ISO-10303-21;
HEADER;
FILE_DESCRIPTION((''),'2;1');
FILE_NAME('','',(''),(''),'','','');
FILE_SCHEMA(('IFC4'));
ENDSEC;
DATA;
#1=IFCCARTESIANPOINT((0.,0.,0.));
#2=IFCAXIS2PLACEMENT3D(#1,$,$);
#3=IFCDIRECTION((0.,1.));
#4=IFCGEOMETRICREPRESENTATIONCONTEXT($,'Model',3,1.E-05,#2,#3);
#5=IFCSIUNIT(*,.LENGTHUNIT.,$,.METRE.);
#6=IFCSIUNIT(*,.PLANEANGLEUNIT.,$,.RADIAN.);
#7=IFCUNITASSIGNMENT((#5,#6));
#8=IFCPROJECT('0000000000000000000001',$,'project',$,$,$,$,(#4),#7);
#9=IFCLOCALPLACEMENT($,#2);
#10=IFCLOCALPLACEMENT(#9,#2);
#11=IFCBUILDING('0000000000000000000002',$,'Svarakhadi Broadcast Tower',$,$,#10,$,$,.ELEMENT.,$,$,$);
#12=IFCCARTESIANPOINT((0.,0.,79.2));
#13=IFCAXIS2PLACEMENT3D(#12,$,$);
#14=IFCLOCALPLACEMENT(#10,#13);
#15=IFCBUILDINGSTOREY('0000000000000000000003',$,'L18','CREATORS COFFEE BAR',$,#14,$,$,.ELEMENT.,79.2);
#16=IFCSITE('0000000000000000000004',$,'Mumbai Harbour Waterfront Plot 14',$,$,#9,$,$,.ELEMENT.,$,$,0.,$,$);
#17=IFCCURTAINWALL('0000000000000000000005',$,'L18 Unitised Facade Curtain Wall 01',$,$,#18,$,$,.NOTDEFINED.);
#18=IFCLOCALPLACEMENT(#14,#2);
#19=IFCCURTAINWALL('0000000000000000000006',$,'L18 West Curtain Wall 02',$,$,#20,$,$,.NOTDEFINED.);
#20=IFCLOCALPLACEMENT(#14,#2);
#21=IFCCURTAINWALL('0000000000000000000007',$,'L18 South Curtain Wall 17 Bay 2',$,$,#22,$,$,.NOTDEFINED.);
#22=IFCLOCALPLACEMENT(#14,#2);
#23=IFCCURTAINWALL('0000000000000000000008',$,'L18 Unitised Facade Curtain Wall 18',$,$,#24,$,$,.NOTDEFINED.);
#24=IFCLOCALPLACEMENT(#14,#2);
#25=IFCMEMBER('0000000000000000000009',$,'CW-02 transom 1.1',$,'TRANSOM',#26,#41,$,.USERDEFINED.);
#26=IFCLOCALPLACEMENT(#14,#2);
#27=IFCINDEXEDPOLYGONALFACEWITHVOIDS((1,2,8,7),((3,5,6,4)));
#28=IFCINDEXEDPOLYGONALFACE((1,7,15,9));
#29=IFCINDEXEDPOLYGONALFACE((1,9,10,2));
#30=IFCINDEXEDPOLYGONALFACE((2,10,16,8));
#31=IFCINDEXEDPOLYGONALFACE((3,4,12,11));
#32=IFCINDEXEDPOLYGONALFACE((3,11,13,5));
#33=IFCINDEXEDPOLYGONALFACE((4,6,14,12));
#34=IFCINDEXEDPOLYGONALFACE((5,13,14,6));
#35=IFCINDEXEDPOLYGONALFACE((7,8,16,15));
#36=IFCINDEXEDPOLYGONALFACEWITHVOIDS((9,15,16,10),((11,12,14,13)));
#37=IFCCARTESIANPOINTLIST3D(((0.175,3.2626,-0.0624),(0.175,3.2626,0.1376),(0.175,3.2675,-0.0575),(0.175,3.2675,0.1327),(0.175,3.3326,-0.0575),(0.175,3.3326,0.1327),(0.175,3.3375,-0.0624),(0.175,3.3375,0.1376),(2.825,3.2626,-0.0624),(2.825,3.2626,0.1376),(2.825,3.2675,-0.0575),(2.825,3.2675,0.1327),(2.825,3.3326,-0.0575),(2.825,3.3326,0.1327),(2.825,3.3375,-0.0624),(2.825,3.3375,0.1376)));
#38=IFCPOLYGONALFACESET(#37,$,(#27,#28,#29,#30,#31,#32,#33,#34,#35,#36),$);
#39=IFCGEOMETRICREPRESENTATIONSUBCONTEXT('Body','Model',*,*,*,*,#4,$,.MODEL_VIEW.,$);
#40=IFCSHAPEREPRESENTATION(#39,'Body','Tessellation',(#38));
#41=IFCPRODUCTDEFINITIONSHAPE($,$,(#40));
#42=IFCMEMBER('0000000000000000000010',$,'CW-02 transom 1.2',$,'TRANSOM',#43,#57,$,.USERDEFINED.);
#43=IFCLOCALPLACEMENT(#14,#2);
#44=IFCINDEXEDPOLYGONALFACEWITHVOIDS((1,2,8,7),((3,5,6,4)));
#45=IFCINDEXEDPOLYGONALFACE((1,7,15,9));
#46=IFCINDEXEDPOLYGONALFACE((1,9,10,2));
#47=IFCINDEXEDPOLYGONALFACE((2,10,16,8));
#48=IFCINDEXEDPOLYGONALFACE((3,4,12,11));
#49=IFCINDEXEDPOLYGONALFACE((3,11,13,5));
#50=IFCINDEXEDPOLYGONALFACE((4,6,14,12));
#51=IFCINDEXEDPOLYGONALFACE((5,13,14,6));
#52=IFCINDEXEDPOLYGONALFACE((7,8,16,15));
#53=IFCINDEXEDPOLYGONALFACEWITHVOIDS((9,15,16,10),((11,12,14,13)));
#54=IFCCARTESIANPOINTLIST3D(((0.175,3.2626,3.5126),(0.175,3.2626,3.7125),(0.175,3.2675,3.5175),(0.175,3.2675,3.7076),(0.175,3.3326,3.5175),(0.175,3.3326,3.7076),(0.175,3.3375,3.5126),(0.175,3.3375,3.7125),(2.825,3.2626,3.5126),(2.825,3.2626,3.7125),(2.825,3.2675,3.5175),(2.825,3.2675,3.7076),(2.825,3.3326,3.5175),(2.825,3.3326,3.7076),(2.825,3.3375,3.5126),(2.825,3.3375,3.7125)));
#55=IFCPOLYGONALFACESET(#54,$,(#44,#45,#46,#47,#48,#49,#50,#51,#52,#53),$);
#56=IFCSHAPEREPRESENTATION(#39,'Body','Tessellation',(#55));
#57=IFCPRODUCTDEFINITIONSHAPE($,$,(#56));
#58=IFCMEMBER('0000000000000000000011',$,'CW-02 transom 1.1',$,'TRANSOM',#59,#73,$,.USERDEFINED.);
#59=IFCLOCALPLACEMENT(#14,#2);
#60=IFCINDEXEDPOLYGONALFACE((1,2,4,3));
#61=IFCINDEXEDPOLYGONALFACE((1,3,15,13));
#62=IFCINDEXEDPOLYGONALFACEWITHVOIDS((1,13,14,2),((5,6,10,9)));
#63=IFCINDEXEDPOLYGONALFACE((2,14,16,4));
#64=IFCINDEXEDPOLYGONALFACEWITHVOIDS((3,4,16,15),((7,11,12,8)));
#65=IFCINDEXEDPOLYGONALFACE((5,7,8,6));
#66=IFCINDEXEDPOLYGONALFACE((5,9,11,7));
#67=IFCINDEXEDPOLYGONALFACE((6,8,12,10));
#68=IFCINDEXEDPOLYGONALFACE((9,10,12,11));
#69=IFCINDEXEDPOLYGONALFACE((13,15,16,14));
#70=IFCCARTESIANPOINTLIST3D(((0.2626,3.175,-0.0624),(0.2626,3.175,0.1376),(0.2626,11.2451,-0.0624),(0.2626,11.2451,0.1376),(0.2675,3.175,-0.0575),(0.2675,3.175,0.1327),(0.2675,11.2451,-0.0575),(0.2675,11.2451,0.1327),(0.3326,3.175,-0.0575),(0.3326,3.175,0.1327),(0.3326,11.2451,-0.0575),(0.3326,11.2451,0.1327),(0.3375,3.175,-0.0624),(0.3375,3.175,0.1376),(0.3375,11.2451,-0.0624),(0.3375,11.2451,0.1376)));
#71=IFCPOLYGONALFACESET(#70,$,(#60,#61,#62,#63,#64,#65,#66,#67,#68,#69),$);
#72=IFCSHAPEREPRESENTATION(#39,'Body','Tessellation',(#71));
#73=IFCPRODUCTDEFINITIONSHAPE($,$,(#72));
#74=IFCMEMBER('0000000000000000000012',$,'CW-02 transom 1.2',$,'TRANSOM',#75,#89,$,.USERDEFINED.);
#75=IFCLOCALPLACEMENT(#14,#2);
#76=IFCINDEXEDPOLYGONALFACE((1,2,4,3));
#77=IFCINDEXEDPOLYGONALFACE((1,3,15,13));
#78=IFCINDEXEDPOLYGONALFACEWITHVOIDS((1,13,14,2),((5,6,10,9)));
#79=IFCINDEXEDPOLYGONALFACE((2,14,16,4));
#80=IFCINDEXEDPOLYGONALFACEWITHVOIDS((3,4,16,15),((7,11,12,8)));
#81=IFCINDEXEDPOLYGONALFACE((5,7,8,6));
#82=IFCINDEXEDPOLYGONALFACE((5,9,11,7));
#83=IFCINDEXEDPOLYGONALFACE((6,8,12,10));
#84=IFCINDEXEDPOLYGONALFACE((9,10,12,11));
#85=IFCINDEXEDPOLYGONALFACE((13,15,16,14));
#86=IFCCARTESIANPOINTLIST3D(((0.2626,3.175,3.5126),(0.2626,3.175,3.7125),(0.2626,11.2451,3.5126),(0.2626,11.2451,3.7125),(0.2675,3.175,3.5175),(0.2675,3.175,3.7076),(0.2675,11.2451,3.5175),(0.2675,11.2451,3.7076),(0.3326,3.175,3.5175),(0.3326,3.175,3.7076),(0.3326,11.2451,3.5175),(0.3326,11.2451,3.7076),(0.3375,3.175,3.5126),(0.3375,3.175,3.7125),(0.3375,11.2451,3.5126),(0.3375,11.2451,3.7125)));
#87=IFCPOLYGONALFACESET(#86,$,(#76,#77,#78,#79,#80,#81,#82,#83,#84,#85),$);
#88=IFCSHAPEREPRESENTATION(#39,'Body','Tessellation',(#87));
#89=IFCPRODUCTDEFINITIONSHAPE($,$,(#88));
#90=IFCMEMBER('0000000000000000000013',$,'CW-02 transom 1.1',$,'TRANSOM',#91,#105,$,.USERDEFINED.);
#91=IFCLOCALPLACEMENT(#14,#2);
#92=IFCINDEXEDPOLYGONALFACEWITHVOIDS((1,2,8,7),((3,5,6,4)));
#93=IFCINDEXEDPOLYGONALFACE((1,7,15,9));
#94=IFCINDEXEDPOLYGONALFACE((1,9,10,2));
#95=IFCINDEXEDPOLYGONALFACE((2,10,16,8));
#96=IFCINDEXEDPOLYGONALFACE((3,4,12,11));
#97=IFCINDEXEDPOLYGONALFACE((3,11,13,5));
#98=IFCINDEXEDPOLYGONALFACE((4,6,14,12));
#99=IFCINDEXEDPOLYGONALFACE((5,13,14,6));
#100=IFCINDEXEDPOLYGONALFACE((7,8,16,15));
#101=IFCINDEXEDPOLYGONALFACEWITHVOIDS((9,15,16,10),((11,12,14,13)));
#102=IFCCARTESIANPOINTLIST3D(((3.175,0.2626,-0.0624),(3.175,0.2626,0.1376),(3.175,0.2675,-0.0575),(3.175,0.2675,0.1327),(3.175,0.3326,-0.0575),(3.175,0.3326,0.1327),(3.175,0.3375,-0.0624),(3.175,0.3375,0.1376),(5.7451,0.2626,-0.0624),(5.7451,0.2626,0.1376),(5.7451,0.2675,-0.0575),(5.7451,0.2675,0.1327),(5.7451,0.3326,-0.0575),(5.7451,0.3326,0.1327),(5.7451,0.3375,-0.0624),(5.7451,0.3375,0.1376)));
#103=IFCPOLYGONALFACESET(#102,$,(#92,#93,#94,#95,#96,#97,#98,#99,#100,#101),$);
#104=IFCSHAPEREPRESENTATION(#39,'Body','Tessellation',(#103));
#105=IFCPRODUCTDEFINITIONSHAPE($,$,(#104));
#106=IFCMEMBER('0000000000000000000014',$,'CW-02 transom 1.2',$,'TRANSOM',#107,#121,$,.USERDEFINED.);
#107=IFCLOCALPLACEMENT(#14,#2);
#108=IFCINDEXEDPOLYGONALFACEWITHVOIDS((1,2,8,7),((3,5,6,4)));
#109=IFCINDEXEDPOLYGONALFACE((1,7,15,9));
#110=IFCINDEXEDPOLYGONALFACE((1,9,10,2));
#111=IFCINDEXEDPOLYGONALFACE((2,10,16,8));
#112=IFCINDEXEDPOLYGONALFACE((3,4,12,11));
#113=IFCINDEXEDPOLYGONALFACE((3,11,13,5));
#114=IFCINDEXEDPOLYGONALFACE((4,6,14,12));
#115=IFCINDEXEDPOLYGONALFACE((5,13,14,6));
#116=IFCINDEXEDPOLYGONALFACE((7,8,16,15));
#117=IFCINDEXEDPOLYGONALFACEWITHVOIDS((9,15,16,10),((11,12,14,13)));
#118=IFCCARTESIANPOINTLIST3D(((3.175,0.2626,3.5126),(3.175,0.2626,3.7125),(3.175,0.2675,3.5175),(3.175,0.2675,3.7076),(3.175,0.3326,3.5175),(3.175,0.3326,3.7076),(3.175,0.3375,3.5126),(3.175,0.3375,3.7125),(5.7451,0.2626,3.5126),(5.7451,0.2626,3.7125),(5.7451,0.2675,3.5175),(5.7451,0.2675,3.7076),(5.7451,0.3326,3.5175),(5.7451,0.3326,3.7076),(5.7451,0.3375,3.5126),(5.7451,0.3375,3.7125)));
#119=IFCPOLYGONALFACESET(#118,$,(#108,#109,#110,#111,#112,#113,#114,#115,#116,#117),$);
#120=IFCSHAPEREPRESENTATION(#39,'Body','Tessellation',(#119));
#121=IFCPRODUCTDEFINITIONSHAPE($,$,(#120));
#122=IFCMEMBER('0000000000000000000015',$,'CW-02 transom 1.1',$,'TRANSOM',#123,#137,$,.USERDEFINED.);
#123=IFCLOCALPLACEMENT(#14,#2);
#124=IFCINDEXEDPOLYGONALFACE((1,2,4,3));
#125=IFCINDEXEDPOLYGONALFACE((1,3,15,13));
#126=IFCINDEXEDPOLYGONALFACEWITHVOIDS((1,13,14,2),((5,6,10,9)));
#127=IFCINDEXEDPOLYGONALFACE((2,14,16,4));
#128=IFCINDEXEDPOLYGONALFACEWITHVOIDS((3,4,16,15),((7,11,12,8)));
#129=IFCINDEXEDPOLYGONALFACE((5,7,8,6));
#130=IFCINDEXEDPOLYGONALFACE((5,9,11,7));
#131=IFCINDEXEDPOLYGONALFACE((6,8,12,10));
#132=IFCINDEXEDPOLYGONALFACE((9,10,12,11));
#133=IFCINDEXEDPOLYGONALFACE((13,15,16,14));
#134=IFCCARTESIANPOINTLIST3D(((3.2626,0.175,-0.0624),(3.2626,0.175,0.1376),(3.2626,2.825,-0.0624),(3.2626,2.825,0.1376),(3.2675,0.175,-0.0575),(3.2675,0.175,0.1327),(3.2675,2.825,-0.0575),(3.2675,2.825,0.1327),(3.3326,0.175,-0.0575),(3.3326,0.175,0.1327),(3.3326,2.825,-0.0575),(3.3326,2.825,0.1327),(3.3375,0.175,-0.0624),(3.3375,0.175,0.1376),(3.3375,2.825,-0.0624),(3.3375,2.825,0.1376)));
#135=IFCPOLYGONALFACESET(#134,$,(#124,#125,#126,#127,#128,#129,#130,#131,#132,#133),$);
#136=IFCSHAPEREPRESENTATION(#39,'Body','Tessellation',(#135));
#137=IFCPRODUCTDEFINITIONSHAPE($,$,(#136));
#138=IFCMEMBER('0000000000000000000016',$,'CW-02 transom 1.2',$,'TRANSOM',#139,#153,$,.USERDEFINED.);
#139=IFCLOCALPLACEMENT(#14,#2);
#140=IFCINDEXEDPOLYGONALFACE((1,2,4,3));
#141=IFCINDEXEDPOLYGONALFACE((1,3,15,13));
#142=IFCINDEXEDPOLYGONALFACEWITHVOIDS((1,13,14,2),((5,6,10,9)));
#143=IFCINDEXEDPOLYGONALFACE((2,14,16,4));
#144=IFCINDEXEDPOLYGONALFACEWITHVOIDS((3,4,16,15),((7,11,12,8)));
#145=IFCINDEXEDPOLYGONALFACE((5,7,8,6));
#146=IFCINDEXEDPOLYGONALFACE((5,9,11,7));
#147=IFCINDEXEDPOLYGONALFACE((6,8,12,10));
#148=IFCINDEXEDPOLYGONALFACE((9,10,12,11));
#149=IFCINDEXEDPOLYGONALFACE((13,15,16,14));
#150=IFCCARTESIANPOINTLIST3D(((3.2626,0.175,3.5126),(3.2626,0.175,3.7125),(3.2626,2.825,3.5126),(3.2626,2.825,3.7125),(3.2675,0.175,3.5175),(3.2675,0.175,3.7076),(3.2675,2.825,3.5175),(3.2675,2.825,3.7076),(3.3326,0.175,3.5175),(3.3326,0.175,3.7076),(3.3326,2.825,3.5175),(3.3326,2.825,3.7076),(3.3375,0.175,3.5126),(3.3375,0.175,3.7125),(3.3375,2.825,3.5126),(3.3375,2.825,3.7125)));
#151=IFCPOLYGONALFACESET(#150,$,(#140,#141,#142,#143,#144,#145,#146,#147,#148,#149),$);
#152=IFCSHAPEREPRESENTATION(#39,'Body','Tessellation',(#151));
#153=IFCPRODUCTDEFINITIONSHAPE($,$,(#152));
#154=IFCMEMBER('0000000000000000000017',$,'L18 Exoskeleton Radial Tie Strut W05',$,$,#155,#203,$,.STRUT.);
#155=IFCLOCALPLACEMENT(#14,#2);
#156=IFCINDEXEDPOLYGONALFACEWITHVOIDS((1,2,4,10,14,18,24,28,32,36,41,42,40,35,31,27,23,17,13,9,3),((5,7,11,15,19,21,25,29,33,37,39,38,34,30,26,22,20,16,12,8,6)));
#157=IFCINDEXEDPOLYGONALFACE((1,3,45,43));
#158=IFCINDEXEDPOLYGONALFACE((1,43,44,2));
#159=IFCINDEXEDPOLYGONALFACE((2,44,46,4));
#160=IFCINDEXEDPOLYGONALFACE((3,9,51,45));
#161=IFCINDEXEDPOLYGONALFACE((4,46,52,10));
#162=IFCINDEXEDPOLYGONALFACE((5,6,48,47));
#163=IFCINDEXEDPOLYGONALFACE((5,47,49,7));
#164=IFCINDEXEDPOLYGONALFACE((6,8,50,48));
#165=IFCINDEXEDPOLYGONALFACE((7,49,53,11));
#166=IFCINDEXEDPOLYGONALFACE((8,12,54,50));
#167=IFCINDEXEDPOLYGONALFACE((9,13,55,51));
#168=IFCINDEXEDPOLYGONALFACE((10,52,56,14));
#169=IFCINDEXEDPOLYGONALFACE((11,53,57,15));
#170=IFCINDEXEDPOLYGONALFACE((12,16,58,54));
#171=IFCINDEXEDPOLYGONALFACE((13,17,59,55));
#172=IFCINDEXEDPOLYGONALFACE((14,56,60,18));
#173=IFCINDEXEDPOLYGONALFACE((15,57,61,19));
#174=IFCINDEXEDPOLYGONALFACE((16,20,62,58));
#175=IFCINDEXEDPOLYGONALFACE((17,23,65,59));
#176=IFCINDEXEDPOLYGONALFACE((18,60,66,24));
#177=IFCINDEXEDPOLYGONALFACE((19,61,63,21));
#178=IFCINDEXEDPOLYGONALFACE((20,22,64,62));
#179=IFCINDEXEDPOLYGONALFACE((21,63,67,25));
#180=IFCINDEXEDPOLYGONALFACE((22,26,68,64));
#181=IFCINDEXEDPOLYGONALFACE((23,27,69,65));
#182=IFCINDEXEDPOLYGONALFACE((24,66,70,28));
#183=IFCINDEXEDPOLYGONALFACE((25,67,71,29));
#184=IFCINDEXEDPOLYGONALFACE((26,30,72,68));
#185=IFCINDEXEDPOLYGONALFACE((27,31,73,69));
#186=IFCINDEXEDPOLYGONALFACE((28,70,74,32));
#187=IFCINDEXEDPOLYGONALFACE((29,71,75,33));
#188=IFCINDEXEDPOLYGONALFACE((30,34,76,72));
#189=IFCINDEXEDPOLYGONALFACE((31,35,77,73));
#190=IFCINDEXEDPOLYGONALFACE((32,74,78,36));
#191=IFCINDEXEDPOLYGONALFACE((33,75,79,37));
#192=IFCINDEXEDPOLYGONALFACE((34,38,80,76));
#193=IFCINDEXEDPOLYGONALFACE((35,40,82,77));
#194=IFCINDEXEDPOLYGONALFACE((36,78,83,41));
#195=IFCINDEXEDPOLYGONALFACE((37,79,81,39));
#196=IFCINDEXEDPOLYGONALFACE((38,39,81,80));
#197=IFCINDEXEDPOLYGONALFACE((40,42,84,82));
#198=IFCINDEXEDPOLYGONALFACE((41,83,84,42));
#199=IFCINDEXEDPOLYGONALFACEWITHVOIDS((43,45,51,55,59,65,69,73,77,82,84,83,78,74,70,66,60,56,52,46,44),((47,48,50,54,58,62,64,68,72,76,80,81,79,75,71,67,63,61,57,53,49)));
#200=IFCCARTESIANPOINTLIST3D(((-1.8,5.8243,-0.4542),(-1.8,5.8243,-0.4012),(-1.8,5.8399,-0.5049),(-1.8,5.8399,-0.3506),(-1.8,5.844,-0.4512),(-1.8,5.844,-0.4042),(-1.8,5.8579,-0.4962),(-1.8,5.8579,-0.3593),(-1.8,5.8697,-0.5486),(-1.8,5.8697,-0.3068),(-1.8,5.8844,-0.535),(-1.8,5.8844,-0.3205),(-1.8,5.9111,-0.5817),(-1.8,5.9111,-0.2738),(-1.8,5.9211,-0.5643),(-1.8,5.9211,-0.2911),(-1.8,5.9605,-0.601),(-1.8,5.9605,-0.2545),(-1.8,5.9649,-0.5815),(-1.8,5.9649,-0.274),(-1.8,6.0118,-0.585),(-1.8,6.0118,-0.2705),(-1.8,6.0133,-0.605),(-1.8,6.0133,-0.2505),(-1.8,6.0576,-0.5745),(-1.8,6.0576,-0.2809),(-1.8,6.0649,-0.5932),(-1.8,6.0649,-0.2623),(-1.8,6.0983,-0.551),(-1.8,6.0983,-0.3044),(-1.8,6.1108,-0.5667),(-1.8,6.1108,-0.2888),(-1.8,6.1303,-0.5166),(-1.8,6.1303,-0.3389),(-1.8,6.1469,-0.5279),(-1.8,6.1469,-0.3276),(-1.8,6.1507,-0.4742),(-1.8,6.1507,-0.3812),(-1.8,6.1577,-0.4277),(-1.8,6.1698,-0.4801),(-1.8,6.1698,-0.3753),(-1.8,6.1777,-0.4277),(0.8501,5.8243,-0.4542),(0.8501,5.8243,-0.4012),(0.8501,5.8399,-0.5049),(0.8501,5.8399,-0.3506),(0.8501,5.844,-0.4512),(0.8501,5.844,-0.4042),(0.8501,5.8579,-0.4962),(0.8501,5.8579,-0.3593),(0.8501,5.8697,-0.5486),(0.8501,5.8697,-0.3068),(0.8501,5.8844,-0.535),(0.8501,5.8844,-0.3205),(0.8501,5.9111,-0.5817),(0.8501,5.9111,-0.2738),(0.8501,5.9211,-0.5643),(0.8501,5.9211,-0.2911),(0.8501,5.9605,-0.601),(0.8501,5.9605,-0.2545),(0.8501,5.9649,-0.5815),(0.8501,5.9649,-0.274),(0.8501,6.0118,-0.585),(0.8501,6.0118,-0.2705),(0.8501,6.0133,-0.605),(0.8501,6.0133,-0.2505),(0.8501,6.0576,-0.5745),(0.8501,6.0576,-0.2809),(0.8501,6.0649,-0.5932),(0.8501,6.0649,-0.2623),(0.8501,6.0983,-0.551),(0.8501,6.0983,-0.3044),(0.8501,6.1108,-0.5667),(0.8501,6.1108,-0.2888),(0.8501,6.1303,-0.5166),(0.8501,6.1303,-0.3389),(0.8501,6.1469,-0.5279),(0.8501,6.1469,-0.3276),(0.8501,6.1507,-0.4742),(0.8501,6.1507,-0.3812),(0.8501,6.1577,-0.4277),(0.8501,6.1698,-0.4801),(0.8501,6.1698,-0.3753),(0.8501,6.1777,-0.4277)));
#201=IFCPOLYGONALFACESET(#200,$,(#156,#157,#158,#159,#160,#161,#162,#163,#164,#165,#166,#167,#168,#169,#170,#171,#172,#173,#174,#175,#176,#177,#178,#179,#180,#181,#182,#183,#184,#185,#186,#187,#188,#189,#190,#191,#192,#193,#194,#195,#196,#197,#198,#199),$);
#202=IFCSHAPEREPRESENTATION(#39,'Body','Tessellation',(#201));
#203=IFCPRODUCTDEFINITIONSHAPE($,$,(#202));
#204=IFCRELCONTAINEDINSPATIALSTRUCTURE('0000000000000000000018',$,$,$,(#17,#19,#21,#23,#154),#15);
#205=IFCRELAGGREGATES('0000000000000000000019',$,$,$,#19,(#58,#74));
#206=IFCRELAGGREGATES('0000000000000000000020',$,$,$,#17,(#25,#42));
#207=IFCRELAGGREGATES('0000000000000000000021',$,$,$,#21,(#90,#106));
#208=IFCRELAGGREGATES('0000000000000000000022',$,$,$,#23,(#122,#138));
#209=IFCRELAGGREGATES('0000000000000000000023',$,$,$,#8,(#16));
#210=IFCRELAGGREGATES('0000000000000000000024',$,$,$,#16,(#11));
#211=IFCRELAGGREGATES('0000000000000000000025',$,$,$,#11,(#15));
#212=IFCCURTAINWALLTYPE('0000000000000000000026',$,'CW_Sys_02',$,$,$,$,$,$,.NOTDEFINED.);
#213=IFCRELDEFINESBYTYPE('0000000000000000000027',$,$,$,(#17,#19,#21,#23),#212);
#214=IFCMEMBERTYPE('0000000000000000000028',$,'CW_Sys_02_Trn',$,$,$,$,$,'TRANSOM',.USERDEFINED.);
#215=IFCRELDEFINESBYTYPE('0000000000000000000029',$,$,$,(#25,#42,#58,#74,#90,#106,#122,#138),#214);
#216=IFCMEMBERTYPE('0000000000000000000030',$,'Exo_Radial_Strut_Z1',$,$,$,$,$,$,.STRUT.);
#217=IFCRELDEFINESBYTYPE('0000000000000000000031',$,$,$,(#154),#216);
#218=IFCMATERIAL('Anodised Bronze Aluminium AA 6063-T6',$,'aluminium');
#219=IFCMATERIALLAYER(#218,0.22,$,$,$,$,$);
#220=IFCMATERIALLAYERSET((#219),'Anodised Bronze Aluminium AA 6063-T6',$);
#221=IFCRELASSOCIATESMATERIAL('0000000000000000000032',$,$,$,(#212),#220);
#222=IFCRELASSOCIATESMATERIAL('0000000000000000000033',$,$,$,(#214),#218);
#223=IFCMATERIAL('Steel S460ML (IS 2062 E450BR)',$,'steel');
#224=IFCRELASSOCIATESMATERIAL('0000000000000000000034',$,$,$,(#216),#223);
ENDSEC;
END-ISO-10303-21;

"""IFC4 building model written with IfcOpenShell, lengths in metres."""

from ifc_helpers import new_model, si_unit, direction, frame, origin, origin_2d, place, context, subcontext, project, spatial, hollow_rectangle, hollow_circle, extrude, material, layer, layer_set, material_profile, profile_set, type_object, element, aggregate, save


model = new_model("IFC4")

# Units and contexts
model_context = context("Model", 3, precision=1e-05, world=origin(), true_north=direction((0.0, 1.0)))
body_context = subcontext(model_context, "Body", "Model", "MODEL_VIEW")
ifc_project = project(units=[si_unit("LENGTHUNIT", "METRE"), si_unit("PLANEANGLEUNIT", "RADIAN")], contexts=[model_context])

# Site, building, storey
site_placement = place(None, origin())
site = spatial("IfcSite", under=ifc_project, at=site_placement, Name="Mumbai Harbour Waterfront Plot 14", CompositionType="ELEMENT", RefElevation=0.0)
building_placement = place(site_placement, origin())
building = spatial("IfcBuilding", under=site, at=building_placement, Name="Svarakhadi Broadcast Tower", CompositionType="ELEMENT")
storey_placement = place(building_placement, frame((0.0, 0.0, 79.2)))
storey = spatial("IfcBuildingStorey", under=building, at=storey_placement, Name="L18", Description="CREATORS COFFEE BAR", CompositionType="ELEMENT", Elevation=79.2)

# Shared definitions
ifc_material_1 = material(Name="Steel S460ML (IS 2062 E450BR)", Category="steel")

# Curtain wall
ifc_material_2 = material(Name="Anodised Bronze Aluminium AA 6063-T6", Category="aluminium")
ifc_layer_1 = layer(ifc_material_2, 0.22)
ifc_layer_set_1 = layer_set([ifc_layer_1], Name="Anodised Bronze Aluminium AA 6063-T6")
curtain_wall_type = type_object("IfcCurtainWallType", Name="CW_Sys_02", PredefinedType="NOTDEFINED", material=ifc_layer_set_1)
curtain_wall_1_placement = place(storey_placement, origin())
curtain_wall_1 = element("IfcCurtainWall", 1, at=curtain_wall_1_placement, inside=storey, type_object=curtain_wall_type, Name="L18 Unitised Facade Curtain Wall 01", PredefinedType="NOTDEFINED")

# Curtain walls
curtain_wall_2_placement = place(storey_placement, origin())
curtain_wall_2 = element("IfcCurtainWall", 2, at=curtain_wall_2_placement, inside=storey, type_object=curtain_wall_type, Name="L18 West Curtain Wall 02", PredefinedType="NOTDEFINED")
curtain_wall_3_placement = place(storey_placement, origin())
curtain_wall_3 = element("IfcCurtainWall", 3, at=curtain_wall_3_placement, inside=storey, type_object=curtain_wall_type, Name="L18 South Curtain Wall 17 Bay 2", PredefinedType="NOTDEFINED")

# Curtain wall
curtain_wall_4_placement = place(storey_placement, origin())
curtain_wall_4 = element("IfcCurtainWall", 4, at=curtain_wall_4_placement, inside=storey, type_object=curtain_wall_type, Name="L18 Unitised Facade Curtain Wall 18", PredefinedType="NOTDEFINED")

# Members
ifc_material_profile_1 = material_profile(ifc_material_2, hollow_rectangle(XDim=0.075, YDim=0.2, WallThickness=0.0049, at=origin_2d()), Name="ALU TRANSOM 200x75x5")
ifc_profile_set_1 = profile_set([ifc_material_profile_1], Name="Anodised Bronze Aluminium AA 6063-T6")
member_type_1 = type_object("IfcMemberType", Name="CW_Sys_02_Trn", ElementType="TRANSOM", PredefinedType="USERDEFINED", material=ifc_profile_set_1)
member_1_placement = place(storey_placement, frame((2.825, 3.3, 0.0376), z_axis=(-1.0, 0.0, 0.0), x_axis=(0.0, -1.0, 0.0)))
member_1 = element("IfcMember", 5, at=member_1_placement, type_object=member_type_1, Name="CW-02 transom 1.1", ObjectType="TRANSOM", PredefinedType="USERDEFINED", context=body_context, shape_type="SweptSolid", body=[
    extrude(hollow_rectangle(XDim=0.075, YDim=0.2, WallThickness=0.0049, at=origin_2d()), origin(), (0.0, 0.0, 1.0), 2.6499),
])
member_2_placement = place(storey_placement, frame((2.825, 3.3, 3.6125), z_axis=(-1.0, 0.0, 0.0), x_axis=(0.0, -1.0, 0.0)))
member_2 = element("IfcMember", 6, at=member_2_placement, type_object=member_type_1, Name="CW-02 transom 1.2", ObjectType="TRANSOM", PredefinedType="USERDEFINED", context=body_context, shape_type="SweptSolid", body=[
    extrude(hollow_rectangle(XDim=0.075, YDim=0.2, WallThickness=0.0049, at=origin_2d()), origin(), (0.0, 0.0, 1.0), 2.6499),
])
member_3_placement = place(storey_placement, frame((0.3, 3.175, 0.0376), z_axis=(0.0, 1.0, 0.0), x_axis=(-1.0, 0.0, 0.0)))
member_3 = element("IfcMember", 7, at=member_3_placement, type_object=member_type_1, Name="CW-02 transom 1.1", ObjectType="TRANSOM", PredefinedType="USERDEFINED", context=body_context, shape_type="SweptSolid", body=[
    extrude(hollow_rectangle(XDim=0.075, YDim=0.2, WallThickness=0.0049, at=origin_2d()), origin(), (0.0, 0.0, 1.0), 8.0701),
])
member_4_placement = place(storey_placement, frame((0.3, 3.175, 3.6125), z_axis=(0.0, 1.0, 0.0), x_axis=(-1.0, 0.0, 0.0)))
member_4 = element("IfcMember", 8, at=member_4_placement, type_object=member_type_1, Name="CW-02 transom 1.2", ObjectType="TRANSOM", PredefinedType="USERDEFINED", context=body_context, shape_type="SweptSolid", body=[
    extrude(hollow_rectangle(XDim=0.075, YDim=0.2, WallThickness=0.0049, at=origin_2d()), origin(), (0.0, 0.0, 1.0), 8.0701),
])
aggregate(curtain_wall_2, [member_3, member_4])
member_5_placement = place(storey_placement, frame((5.7451, 0.3, 0.0376), z_axis=(-1.0, 0.0, 0.0), x_axis=(0.0, -1.0, 0.0)))
member_5 = element("IfcMember", 9, at=member_5_placement, type_object=member_type_1, Name="CW-02 transom 1.1", ObjectType="TRANSOM", PredefinedType="USERDEFINED", context=body_context, shape_type="SweptSolid", body=[
    extrude(hollow_rectangle(XDim=0.075, YDim=0.2, WallThickness=0.0049, at=origin_2d()), origin(), (0.0, 0.0, 1.0), 2.5701),
])
member_6_placement = place(storey_placement, frame((5.7451, 0.3, 3.6125), z_axis=(-1.0, 0.0, 0.0), x_axis=(0.0, -1.0, 0.0)))
member_6 = element("IfcMember", 10, at=member_6_placement, type_object=member_type_1, Name="CW-02 transom 1.2", ObjectType="TRANSOM", PredefinedType="USERDEFINED", context=body_context, shape_type="SweptSolid", body=[
    extrude(hollow_rectangle(XDim=0.075, YDim=0.2, WallThickness=0.0049, at=origin_2d()), origin(), (0.0, 0.0, 1.0), 2.5701),
])
member_7_placement = place(storey_placement, frame((3.3, 0.175, 0.0376), z_axis=(0.0, 1.0, 0.0), x_axis=(-1.0, 0.0, 0.0)))
member_7 = element("IfcMember", 11, at=member_7_placement, type_object=member_type_1, Name="CW-02 transom 1.1", ObjectType="TRANSOM", PredefinedType="USERDEFINED", context=body_context, shape_type="SweptSolid", body=[
    extrude(hollow_rectangle(XDim=0.075, YDim=0.2, WallThickness=0.0049, at=origin_2d()), origin(), (0.0, 0.0, 1.0), 2.6499),
])
member_8_placement = place(storey_placement, frame((3.3, 0.175, 3.6125), z_axis=(0.0, 1.0, 0.0), x_axis=(-1.0, 0.0, 0.0)))
member_8 = element("IfcMember", 12, at=member_8_placement, type_object=member_type_1, Name="CW-02 transom 1.2", ObjectType="TRANSOM", PredefinedType="USERDEFINED", context=body_context, shape_type="SweptSolid", body=[
    extrude(hollow_rectangle(XDim=0.075, YDim=0.2, WallThickness=0.0049, at=origin_2d()), origin(), (0.0, 0.0, 1.0), 2.6499),
])
ifc_material_profile_2 = material_profile(ifc_material_1, hollow_circle(Radius=0.1777, WallThickness=0.02, at=origin_2d()), Name="CHS 355.6x20")
ifc_profile_set_2 = profile_set([ifc_material_profile_2], Name="Steel S460ML (IS 2062 E450BR)")
member_type_2 = type_object("IfcMemberType", Name="Exo_Radial_Strut_Z1", PredefinedType="STRUT", material=ifc_profile_set_2)
member_9_placement = place(storey_placement, frame((-1.8, 6.0, -0.4277), z_axis=(1.0, 0.0, 0.0), x_axis=(0.0, 1.0, 0.0)))
element("IfcMember", 13, at=member_9_placement, inside=storey, type_object=member_type_2, Name="L18 Exoskeleton Radial Tie Strut W05", PredefinedType="STRUT", context=body_context, shape_type="SweptSolid", body=[
    extrude(hollow_circle(Radius=0.1777, WallThickness=0.02, at=origin_2d()), origin(), (0.0, 0.0, 1.0), 2.6501),
])

aggregate(curtain_wall_1, [member_1, member_2])
aggregate(curtain_wall_3, [member_5, member_6])
aggregate(curtain_wall_4, [member_7, member_8])

save(model, "model.ifc")
